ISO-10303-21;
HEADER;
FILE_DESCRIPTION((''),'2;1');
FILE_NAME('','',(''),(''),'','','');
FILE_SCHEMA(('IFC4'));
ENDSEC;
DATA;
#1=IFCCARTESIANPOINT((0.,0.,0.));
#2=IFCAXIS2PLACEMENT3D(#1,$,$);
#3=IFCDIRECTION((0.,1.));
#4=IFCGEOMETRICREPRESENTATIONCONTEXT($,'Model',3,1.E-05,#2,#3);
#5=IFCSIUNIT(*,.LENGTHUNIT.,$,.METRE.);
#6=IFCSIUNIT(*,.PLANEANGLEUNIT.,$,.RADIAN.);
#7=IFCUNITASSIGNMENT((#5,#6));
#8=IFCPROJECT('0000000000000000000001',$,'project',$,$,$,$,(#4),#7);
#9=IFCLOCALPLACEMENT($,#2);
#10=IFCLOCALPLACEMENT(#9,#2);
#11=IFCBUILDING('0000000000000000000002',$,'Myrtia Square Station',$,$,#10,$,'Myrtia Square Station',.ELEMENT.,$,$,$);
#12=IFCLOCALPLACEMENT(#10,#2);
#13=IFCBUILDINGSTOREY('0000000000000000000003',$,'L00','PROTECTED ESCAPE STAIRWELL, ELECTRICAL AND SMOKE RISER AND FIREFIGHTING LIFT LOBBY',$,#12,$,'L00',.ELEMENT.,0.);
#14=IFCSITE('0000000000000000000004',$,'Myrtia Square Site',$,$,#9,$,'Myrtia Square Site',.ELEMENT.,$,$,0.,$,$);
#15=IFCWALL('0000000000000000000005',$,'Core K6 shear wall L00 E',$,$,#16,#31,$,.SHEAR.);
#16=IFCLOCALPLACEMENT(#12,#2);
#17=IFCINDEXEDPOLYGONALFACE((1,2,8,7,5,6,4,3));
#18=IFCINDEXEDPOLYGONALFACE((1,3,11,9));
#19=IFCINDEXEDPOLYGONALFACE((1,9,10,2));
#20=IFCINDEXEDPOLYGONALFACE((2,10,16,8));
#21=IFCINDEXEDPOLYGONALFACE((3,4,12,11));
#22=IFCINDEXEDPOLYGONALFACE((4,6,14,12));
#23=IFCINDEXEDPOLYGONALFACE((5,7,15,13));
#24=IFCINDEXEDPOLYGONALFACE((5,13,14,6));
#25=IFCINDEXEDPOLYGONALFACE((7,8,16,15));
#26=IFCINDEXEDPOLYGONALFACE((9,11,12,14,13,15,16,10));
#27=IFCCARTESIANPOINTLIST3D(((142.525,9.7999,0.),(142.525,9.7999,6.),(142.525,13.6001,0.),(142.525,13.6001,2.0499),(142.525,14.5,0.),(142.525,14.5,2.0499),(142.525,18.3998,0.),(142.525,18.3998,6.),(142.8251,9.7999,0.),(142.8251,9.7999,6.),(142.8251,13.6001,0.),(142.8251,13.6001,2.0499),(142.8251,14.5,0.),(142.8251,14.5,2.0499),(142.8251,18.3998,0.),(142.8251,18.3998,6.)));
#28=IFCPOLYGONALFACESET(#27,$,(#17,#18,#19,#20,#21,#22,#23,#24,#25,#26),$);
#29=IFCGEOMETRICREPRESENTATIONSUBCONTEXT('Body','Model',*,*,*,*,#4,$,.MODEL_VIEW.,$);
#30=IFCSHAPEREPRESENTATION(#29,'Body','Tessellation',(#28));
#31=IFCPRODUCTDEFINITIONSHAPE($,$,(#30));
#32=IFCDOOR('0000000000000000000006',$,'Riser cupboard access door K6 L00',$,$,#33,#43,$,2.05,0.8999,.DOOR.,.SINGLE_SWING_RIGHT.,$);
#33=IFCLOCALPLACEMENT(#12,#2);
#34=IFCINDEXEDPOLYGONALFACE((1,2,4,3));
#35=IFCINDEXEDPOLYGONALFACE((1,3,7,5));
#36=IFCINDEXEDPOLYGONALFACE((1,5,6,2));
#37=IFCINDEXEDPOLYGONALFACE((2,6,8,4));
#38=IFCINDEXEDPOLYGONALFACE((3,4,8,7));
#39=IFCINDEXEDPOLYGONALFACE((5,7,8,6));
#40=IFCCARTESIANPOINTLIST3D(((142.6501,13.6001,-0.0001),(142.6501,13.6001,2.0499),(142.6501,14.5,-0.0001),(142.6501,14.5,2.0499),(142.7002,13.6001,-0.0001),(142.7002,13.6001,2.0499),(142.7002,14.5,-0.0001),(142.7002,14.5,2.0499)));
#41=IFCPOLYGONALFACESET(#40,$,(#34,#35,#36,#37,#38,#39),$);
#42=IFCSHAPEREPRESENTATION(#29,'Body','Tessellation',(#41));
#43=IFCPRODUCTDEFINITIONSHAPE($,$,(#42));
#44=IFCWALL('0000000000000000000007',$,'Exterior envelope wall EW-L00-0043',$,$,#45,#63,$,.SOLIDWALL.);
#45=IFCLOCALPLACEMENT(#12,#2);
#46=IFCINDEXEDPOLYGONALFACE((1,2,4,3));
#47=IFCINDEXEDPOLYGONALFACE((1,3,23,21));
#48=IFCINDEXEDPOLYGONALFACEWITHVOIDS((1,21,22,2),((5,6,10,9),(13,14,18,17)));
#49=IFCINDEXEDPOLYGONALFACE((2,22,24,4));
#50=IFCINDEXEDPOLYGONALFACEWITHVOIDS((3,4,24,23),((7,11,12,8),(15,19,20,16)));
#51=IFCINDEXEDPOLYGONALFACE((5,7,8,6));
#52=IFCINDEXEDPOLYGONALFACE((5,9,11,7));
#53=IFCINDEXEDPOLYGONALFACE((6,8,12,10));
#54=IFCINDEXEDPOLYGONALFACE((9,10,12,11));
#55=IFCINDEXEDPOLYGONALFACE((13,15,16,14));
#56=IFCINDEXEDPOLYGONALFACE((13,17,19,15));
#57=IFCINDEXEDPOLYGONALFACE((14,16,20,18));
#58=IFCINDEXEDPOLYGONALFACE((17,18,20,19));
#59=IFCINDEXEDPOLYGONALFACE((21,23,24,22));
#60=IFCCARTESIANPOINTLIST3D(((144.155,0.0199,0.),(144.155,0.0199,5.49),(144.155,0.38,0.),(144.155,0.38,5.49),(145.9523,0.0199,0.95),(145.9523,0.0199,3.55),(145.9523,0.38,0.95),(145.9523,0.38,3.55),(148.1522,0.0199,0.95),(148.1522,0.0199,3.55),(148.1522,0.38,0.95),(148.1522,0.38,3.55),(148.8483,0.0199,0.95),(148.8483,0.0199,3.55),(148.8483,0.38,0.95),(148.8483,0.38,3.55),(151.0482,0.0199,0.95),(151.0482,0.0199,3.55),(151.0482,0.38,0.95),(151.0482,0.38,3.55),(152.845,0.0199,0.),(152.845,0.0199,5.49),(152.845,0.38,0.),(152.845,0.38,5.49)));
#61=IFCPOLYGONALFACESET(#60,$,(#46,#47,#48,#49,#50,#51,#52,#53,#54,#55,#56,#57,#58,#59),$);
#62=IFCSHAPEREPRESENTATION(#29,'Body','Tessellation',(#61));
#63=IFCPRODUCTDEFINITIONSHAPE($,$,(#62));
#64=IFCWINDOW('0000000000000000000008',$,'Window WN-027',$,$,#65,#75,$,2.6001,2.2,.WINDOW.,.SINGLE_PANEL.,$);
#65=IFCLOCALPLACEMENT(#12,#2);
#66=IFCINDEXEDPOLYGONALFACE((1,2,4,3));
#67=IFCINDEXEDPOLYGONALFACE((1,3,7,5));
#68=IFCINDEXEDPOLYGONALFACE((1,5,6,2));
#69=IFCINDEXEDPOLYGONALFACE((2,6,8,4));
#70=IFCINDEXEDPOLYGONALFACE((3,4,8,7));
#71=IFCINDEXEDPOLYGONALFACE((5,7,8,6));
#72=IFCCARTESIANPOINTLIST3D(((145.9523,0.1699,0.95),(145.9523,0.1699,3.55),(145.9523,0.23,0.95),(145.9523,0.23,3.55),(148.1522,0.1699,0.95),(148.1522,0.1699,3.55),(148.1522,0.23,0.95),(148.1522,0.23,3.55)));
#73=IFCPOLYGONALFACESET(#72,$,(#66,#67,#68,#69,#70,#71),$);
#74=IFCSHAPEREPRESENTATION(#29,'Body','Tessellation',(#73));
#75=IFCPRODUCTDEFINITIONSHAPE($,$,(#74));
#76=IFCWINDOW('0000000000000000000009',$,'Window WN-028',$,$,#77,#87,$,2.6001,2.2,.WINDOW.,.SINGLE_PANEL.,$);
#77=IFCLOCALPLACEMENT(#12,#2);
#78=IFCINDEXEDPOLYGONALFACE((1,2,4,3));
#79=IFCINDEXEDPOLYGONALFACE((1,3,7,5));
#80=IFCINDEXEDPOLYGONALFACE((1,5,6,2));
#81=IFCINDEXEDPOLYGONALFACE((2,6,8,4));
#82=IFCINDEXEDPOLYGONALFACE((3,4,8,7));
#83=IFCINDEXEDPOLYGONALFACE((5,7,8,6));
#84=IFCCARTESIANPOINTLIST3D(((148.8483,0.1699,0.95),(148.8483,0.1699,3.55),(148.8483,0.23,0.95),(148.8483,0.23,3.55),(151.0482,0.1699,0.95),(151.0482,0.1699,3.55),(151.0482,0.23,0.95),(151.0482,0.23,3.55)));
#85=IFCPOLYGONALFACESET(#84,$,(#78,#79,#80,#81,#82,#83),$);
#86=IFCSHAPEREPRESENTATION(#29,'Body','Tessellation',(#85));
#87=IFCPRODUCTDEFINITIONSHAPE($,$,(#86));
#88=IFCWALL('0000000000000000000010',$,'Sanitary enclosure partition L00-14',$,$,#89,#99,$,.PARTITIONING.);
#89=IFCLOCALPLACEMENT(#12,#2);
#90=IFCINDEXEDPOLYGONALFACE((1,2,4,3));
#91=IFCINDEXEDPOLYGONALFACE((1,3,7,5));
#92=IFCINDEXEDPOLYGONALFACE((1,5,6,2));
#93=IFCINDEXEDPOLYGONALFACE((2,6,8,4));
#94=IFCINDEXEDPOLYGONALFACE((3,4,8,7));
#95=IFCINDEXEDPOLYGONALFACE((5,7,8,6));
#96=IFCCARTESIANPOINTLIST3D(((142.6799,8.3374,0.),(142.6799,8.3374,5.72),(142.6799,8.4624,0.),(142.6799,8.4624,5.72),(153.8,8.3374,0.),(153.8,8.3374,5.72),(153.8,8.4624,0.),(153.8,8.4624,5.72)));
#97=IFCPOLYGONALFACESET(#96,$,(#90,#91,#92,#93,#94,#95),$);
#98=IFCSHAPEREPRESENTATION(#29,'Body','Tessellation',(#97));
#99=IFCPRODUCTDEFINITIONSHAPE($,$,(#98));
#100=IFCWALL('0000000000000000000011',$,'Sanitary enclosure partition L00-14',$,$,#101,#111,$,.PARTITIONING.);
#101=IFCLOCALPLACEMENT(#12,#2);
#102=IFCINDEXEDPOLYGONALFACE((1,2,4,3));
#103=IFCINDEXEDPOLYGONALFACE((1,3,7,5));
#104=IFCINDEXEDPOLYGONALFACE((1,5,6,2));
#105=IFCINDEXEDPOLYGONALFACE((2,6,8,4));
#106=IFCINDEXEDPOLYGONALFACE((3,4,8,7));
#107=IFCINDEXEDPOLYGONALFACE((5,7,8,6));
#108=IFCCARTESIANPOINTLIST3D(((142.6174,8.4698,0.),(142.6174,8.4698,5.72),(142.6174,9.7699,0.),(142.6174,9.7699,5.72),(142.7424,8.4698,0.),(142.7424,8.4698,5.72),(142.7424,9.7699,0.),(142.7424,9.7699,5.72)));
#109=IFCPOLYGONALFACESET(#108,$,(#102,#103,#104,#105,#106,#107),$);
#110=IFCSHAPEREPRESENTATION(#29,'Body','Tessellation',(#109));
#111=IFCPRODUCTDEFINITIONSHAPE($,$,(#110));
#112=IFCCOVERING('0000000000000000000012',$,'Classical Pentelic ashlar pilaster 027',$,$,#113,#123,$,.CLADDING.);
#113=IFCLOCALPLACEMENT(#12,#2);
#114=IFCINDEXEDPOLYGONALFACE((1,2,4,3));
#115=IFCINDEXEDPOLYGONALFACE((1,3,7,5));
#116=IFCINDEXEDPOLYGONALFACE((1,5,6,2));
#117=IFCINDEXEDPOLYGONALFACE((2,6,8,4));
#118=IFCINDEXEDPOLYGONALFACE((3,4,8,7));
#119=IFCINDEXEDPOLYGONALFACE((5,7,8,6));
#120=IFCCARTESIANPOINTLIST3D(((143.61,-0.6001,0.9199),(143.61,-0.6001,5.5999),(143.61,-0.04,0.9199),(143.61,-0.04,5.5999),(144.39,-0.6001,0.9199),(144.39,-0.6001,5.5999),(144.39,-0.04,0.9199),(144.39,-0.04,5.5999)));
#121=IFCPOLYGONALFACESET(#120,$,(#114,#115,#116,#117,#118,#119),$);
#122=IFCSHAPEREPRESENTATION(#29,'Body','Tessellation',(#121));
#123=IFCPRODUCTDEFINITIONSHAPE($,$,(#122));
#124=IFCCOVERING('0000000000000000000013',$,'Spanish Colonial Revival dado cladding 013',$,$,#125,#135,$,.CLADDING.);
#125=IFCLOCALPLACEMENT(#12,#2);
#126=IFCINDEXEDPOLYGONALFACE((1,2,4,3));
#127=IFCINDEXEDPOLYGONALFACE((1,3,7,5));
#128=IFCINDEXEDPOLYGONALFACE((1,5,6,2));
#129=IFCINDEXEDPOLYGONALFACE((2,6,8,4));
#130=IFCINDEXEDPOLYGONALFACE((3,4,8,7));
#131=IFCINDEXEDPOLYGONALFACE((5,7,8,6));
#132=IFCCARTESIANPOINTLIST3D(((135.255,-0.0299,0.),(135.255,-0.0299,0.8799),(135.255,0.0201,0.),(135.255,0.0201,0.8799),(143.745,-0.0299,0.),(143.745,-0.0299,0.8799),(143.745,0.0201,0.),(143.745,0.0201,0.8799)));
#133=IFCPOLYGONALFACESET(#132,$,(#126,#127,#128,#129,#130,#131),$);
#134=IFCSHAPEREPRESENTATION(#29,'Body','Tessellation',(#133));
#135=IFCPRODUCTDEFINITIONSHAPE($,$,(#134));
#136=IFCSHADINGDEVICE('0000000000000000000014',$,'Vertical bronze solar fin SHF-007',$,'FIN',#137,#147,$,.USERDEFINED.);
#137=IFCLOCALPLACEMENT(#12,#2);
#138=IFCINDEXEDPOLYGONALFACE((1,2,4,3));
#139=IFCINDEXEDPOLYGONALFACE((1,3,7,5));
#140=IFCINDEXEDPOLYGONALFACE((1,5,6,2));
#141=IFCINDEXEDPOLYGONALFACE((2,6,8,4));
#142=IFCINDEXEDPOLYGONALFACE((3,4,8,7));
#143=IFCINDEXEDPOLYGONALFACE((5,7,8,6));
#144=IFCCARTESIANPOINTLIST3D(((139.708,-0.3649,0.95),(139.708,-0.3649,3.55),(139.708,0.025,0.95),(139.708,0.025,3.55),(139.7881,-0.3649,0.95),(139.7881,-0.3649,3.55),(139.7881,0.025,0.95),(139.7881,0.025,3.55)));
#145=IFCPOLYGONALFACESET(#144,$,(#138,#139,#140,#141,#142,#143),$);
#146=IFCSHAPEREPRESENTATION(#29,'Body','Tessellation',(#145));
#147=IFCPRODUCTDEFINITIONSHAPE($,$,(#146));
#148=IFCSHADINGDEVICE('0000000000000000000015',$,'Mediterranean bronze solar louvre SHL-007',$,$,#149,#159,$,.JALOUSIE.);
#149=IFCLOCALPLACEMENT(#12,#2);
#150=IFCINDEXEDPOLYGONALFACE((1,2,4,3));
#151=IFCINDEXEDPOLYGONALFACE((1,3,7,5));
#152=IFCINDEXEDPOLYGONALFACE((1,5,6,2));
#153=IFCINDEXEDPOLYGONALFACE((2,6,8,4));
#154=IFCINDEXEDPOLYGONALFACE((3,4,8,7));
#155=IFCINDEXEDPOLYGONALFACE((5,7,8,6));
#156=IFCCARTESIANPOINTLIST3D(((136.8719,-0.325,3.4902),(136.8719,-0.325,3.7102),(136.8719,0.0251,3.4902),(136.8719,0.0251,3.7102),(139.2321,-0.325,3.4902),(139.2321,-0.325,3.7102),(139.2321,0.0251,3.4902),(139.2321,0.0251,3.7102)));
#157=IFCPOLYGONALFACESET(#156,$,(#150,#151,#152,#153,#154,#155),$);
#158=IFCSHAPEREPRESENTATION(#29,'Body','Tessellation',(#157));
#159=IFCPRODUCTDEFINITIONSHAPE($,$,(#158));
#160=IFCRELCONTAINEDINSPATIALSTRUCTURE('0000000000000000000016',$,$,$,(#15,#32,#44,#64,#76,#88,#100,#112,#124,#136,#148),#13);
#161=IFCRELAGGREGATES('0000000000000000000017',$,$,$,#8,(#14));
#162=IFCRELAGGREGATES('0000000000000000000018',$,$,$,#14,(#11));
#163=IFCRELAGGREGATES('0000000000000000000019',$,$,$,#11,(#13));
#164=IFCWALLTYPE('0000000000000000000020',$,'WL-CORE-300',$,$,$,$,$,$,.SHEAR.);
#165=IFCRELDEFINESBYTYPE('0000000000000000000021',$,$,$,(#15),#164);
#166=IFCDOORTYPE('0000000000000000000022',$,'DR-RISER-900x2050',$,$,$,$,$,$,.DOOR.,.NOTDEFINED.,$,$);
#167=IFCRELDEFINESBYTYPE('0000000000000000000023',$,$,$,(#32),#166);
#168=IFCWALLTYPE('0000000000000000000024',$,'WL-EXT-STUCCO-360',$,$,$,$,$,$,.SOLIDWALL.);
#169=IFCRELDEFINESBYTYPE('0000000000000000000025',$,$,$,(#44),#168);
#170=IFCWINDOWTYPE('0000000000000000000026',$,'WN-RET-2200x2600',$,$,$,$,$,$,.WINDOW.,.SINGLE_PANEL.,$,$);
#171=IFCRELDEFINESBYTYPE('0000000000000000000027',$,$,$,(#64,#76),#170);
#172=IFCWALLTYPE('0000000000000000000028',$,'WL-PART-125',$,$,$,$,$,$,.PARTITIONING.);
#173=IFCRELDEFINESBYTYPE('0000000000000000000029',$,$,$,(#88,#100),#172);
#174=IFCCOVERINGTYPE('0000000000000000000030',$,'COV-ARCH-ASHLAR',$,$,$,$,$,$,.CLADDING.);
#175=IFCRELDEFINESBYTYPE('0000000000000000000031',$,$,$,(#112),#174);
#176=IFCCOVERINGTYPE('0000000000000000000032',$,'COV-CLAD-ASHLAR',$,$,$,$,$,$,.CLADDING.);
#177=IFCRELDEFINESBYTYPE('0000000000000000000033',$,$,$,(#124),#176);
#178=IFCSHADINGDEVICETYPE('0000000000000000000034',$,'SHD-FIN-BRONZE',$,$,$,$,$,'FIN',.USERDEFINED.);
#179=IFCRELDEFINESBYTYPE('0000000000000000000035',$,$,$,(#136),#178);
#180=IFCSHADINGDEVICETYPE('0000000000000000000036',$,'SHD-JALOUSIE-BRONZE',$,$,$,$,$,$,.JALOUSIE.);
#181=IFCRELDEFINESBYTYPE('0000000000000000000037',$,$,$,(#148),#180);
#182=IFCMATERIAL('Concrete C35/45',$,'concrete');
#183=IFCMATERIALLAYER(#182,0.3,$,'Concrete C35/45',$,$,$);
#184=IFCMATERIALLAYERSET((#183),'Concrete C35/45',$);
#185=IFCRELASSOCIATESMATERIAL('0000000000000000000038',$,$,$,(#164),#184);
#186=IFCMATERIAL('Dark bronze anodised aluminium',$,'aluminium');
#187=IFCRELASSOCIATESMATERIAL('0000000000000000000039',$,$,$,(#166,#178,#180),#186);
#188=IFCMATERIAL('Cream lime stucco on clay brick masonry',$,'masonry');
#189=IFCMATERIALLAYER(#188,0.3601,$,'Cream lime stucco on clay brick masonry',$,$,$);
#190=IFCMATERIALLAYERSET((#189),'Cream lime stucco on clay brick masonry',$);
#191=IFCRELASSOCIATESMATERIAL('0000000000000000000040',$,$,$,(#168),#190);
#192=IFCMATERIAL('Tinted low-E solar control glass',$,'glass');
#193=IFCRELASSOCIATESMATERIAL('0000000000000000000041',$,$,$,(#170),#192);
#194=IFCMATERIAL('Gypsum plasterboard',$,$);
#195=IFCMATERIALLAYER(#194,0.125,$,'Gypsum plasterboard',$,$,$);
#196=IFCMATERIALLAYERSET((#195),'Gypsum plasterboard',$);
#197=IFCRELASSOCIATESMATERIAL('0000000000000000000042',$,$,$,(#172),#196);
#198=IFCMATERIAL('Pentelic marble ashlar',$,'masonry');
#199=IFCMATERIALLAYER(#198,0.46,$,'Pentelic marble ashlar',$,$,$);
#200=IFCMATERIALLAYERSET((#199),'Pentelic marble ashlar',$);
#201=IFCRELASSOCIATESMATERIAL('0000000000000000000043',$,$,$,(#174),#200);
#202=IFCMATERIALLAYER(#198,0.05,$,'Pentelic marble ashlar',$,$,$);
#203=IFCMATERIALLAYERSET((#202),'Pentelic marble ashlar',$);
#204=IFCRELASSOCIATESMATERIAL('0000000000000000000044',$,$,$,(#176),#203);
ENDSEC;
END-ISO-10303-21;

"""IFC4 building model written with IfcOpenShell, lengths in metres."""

from ifc_helpers import new_model, si_unit, direction, frame, frame_2d, origin, origin_2d, place, context, subcontext, project, spatial, rectangle, extrude, material, layer, layer_set, type_object, element, fill, save


model = new_model("IFC4")

# Units and contexts
model_context = context("Model", 3, precision=1e-05, world=origin(), true_north=direction((0.0, 1.0)))
body_context = subcontext(model_context, "Body", "Model", "MODEL_VIEW")
ifc_project = project(units=[si_unit("LENGTHUNIT", "METRE"), si_unit("PLANEANGLEUNIT", "RADIAN")], contexts=[model_context])

# Site, building, storey
site_placement = place(None, origin())
site = spatial("IfcSite", under=ifc_project, at=site_placement, Name="Myrtia Square Site", LongName="Myrtia Square Site", CompositionType="ELEMENT", RefElevation=0.0)
building_placement = place(site_placement, origin())
building = spatial("IfcBuilding", under=site, at=building_placement, Name="Myrtia Square Station", LongName="Myrtia Square Station", CompositionType="ELEMENT")
storey_placement = place(building_placement, origin())
storey = spatial("IfcBuildingStorey", under=building, at=storey_placement, Name="L00", Description="PROTECTED ESCAPE STAIRWELL, ELECTRICAL AND SMOKE RISER AND FIREFIGHTING LIFT LOBBY", LongName="L00", CompositionType="ELEMENT", Elevation=0.0)

# Shared definitions
ifc_material_1 = material(Name="Concrete C35/45", Category="concrete")
ifc_layer_1 = layer(ifc_material_1, 0.3, Name="Concrete C35/45")
ifc_layer_set_1 = layer_set([ifc_layer_1], Name="Concrete C35/45")
wall_type_1 = type_object("IfcWallType", Name="WL-CORE-300", PredefinedType="SHEAR", material=ifc_layer_set_1)

# Wall, opening, door
wall_1_placement = place(storey_placement, frame((142.675, 9.8, 0.0), z_axis=(0.0, 0.0, 1.0), x_axis=(0.0, 1.0, 0.0)))
wall_1 = element("IfcWall", 1, at=wall_1_placement, inside=storey, type_object=wall_type_1, Name="Core K6 shear wall L00 E", PredefinedType="SHEAR", context=body_context, shape_type="SweptSolid", body=[
    extrude(rectangle(XDim=8.5999, YDim=0.3, at=frame_2d((4.2998, 0.0))), origin(), (0.0, 0.0, 1.0), 6.0),
])
opening_1_placement = place(wall_1_placement, frame((3.8, 0.0, 0.0)))
opening_1 = element("IfcOpeningElement", 2, at=opening_1_placement, cuts=wall_1, PredefinedType="OPENING", context=body_context, shape_type="SweptSolid", body=[
    extrude(rectangle(XDim=0.8999, YDim=2.05, at=frame_2d((0.45, 1.0249))), frame((0.0, 0.165, 0.0), z_axis=(0.0, -1.0, 0.0), x_axis=(1.0, 0.0, 0.0)), (0.0, 0.0, 1.0), 0.3301),
])
ifc_material_2 = material(Name="Dark bronze anodised aluminium", Category="aluminium")
door_type = type_object("IfcDoorType", Name="DR-RISER-900x2050", OperationType="NOTDEFINED", PredefinedType="DOOR", material=ifc_material_2)
door_placement = place(opening_1_placement, origin())
door = element("IfcDoor", 3, at=door_placement, inside=storey, type_object=door_type, Name="Riser cupboard access door K6 L00", OperationType="SINGLE_SWING_RIGHT", OverallHeight=2.05, OverallWidth=0.8999, PredefinedType="DOOR", context=body_context, shape_type="SweptSolid", body=[
    extrude(rectangle(XDim=0.8999, YDim=2.05, at=frame_2d((0.45, 1.0249))), frame((0.0, 0.0249, 0.0), z_axis=(0.0, -1.0, 0.0), x_axis=(1.0, 0.0, 0.0)), (0.0, 0.0, 1.0), 0.05),
])
fill(opening_1, door)

# Wall, openings, windows
ifc_material_3 = material(Name="Cream lime stucco on clay brick masonry", Category="masonry")
ifc_layer_2 = layer(ifc_material_3, 0.3601, Name="Cream lime stucco on clay brick masonry")
ifc_layer_set_2 = layer_set([ifc_layer_2], Name="Cream lime stucco on clay brick masonry")
wall_type_2 = type_object("IfcWallType", Name="WL-EXT-STUCCO-360", PredefinedType="SOLIDWALL", material=ifc_layer_set_2)
wall_2_placement = place(storey_placement, frame((144.155, 0.2, 0.0), z_axis=(0.0, 0.0, 1.0), x_axis=(1.0, 0.0, 0.0)))
wall_2 = element("IfcWall", 4, at=wall_2_placement, inside=storey, type_object=wall_type_2, Name="Exterior envelope wall EW-L00-0043", PredefinedType="SOLIDWALL", context=body_context, shape_type="SweptSolid", body=[
    extrude(rectangle(XDim=8.6899, YDim=0.3601, at=frame_2d((4.345, 0.0))), origin(), (0.0, 0.0, 1.0), 5.49),
])
opening_2_placement = place(wall_2_placement, frame((1.7971, 0.0, 0.95)))
opening_2 = element("IfcOpeningElement", 5, at=opening_2_placement, cuts=wall_2, PredefinedType="OPENING", context=body_context, shape_type="SweptSolid", body=[
    extrude(rectangle(XDim=2.2, YDim=2.6001, at=frame_2d((1.1001, 1.3))), frame((0.0, 0.1951, 0.0), z_axis=(0.0, -1.0, 0.0), x_axis=(1.0, 0.0, 0.0)), (0.0, 0.0, 1.0), 0.3901),
])
opening_3_placement = place(wall_2_placement, frame((4.6931, 0.0, 0.95)))
opening_3 = element("IfcOpeningElement", 6, at=opening_3_placement, cuts=wall_2, PredefinedType="OPENING", context=body_context, shape_type="SweptSolid", body=[
    extrude(rectangle(XDim=2.2, YDim=2.6001, at=frame_2d((1.1001, 1.3))), frame((0.0, 0.1951, 0.0), z_axis=(0.0, -1.0, 0.0), x_axis=(1.0, 0.0, 0.0)), (0.0, 0.0, 1.0), 0.3901),
])
ifc_material_4 = material(Name="Tinted low-E solar control glass", Category="glass")
window_type = type_object("IfcWindowType", Name="WN-RET-2200x2600", PartitioningType="SINGLE_PANEL", PredefinedType="WINDOW", material=ifc_material_4)
window_1_placement = place(opening_2_placement, origin())
window_1 = element("IfcWindow", 7, at=window_1_placement, inside=storey, type_object=window_type, Name="Window WN-027", OverallHeight=2.6001, OverallWidth=2.2, PartitioningType="SINGLE_PANEL", PredefinedType="WINDOW", context=body_context, shape_type="SweptSolid", body=[
    extrude(rectangle(XDim=2.2, YDim=2.6001, at=frame_2d((1.1001, 1.3))), frame((0.0, 0.03, 0.0), z_axis=(0.0, -1.0, 0.0), x_axis=(1.0, 0.0, 0.0)), (0.0, 0.0, 1.0), 0.0601),
])
fill(opening_2, window_1)
window_2_placement = place(opening_3_placement, origin())
window_2 = element("IfcWindow", 8, at=window_2_placement, inside=storey, type_object=window_type, Name="Window WN-028", OverallHeight=2.6001, OverallWidth=2.2, PartitioningType="SINGLE_PANEL", PredefinedType="WINDOW", context=body_context, shape_type="SweptSolid", body=[
    extrude(rectangle(XDim=2.2, YDim=2.6001, at=frame_2d((1.1001, 1.3))), frame((0.0, 0.03, 0.0), z_axis=(0.0, -1.0, 0.0), x_axis=(1.0, 0.0, 0.0)), (0.0, 0.0, 1.0), 0.0601),
])
fill(opening_3, window_2)

# Walls
ifc_material_5 = material(Name="Gypsum plasterboard")
ifc_layer_3 = layer(ifc_material_5, 0.125, Name="Gypsum plasterboard")
ifc_layer_set_3 = layer_set([ifc_layer_3], Name="Gypsum plasterboard")
wall_type_3 = type_object("IfcWallType", Name="WL-PART-125", PredefinedType="PARTITIONING", material=ifc_layer_set_3)
wall_3_placement = place(storey_placement, frame((142.6799, 8.3999, 0.0), z_axis=(0.0, 0.0, 1.0), x_axis=(1.0, 0.0, 0.0)))
element("IfcWall", 9, at=wall_3_placement, inside=storey, type_object=wall_type_3, Name="Sanitary enclosure partition L00-14", PredefinedType="PARTITIONING", context=body_context, shape_type="SweptSolid", body=[
    extrude(rectangle(XDim=11.1201, YDim=0.125, at=frame_2d((5.5601, 0.0))), origin(), (0.0, 0.0, 1.0), 5.72),
])
wall_4_placement = place(storey_placement, frame((142.6799, 8.47, 0.0), z_axis=(0.0, 0.0, 1.0), x_axis=(0.0, 1.0, 0.0)))
element("IfcWall", 10, at=wall_4_placement, inside=storey, type_object=wall_type_3, Name="Sanitary enclosure partition L00-14", PredefinedType="PARTITIONING", context=body_context, shape_type="SweptSolid", body=[
    extrude(rectangle(XDim=1.3, YDim=0.125, at=frame_2d((0.6499, 0.0))), origin(), (0.0, 0.0, 1.0), 5.72),
])

# Coverings
ifc_material_6 = material(Name="Pentelic marble ashlar", Category="masonry")
ifc_layer_4 = layer(ifc_material_6, 0.46, Name="Pentelic marble ashlar")
ifc_layer_set_4 = layer_set([ifc_layer_4], Name="Pentelic marble ashlar")
covering_type_1 = type_object("IfcCoveringType", Name="COV-ARCH-ASHLAR", PredefinedType="CLADDING", material=ifc_layer_set_4)
covering_1_placement = place(storey_placement, frame((144.0, -0.3201, 0.9199), z_axis=(0.0, 0.0, 1.0), x_axis=(1.0, 0.0, 0.0)))
element("IfcCovering", 11, at=covering_1_placement, inside=storey, type_object=covering_type_1, Name="Classical Pentelic ashlar pilaster 027", PredefinedType="CLADDING", context=body_context, shape_type="SweptSolid", body=[
    extrude(rectangle(XDim=0.78, YDim=0.5601, at=origin_2d()), origin(), (0.0, 0.0, 1.0), 4.6799),
])
ifc_layer_5 = layer(ifc_material_6, 0.05, Name="Pentelic marble ashlar")
ifc_layer_set_5 = layer_set([ifc_layer_5], Name="Pentelic marble ashlar")
covering_type_2 = type_object("IfcCoveringType", Name="COV-CLAD-ASHLAR", PredefinedType="CLADDING", material=ifc_layer_set_5)
covering_2_placement = place(storey_placement, frame((139.5, -0.0049, 0.0), z_axis=(0.0, 0.0, 1.0), x_axis=(1.0, 0.0, 0.0)))
element("IfcCovering", 12, at=covering_2_placement, inside=storey, type_object=covering_type_2, Name="Spanish Colonial Revival dado cladding 013", PredefinedType="CLADDING", context=body_context, shape_type="SweptSolid", body=[
    extrude(rectangle(XDim=8.49, YDim=0.05, at=origin_2d()), origin(), (0.0, 0.0, 1.0), 0.8799),
])

# Shading devices
shading_device_type_1 = type_object("IfcShadingDeviceType", Name="SHD-FIN-BRONZE", ElementType="FIN", PredefinedType="USERDEFINED", material=ifc_material_2)
shading_device_1_placement = place(storey_placement, frame((139.748, -0.1699, 0.95), z_axis=(0.0, 0.0, 1.0), x_axis=(1.0, 0.0, 0.0)))
element("IfcShadingDevice", 13, at=shading_device_1_placement, inside=storey, type_object=shading_device_type_1, Name="Vertical bronze solar fin SHF-007", ObjectType="FIN", PredefinedType="USERDEFINED", context=body_context, shape_type="SweptSolid", body=[
    extrude(rectangle(XDim=0.0801, YDim=0.3899, at=origin_2d()), origin(), (0.0, 0.0, 1.0), 2.6001),
])
shading_device_type_2 = type_object("IfcShadingDeviceType", Name="SHD-JALOUSIE-BRONZE", PredefinedType="JALOUSIE", material=ifc_material_2)
shading_device_2_placement = place(storey_placement, frame((138.052, -0.1499, 3.4902), z_axis=(0.0, 0.0, 1.0), x_axis=(1.0, 0.0, 0.0)))
element("IfcShadingDevice", 14, at=shading_device_2_placement, inside=storey, type_object=shading_device_type_2, Name="Mediterranean bronze solar louvre SHL-007", PredefinedType="JALOUSIE", context=body_context, shape_type="SweptSolid", body=[
    extrude(rectangle(XDim=2.3601, YDim=0.3501, at=origin_2d()), origin(), (0.0, 0.0, 1.0), 0.22),
])

save(model, "model.ifc")
